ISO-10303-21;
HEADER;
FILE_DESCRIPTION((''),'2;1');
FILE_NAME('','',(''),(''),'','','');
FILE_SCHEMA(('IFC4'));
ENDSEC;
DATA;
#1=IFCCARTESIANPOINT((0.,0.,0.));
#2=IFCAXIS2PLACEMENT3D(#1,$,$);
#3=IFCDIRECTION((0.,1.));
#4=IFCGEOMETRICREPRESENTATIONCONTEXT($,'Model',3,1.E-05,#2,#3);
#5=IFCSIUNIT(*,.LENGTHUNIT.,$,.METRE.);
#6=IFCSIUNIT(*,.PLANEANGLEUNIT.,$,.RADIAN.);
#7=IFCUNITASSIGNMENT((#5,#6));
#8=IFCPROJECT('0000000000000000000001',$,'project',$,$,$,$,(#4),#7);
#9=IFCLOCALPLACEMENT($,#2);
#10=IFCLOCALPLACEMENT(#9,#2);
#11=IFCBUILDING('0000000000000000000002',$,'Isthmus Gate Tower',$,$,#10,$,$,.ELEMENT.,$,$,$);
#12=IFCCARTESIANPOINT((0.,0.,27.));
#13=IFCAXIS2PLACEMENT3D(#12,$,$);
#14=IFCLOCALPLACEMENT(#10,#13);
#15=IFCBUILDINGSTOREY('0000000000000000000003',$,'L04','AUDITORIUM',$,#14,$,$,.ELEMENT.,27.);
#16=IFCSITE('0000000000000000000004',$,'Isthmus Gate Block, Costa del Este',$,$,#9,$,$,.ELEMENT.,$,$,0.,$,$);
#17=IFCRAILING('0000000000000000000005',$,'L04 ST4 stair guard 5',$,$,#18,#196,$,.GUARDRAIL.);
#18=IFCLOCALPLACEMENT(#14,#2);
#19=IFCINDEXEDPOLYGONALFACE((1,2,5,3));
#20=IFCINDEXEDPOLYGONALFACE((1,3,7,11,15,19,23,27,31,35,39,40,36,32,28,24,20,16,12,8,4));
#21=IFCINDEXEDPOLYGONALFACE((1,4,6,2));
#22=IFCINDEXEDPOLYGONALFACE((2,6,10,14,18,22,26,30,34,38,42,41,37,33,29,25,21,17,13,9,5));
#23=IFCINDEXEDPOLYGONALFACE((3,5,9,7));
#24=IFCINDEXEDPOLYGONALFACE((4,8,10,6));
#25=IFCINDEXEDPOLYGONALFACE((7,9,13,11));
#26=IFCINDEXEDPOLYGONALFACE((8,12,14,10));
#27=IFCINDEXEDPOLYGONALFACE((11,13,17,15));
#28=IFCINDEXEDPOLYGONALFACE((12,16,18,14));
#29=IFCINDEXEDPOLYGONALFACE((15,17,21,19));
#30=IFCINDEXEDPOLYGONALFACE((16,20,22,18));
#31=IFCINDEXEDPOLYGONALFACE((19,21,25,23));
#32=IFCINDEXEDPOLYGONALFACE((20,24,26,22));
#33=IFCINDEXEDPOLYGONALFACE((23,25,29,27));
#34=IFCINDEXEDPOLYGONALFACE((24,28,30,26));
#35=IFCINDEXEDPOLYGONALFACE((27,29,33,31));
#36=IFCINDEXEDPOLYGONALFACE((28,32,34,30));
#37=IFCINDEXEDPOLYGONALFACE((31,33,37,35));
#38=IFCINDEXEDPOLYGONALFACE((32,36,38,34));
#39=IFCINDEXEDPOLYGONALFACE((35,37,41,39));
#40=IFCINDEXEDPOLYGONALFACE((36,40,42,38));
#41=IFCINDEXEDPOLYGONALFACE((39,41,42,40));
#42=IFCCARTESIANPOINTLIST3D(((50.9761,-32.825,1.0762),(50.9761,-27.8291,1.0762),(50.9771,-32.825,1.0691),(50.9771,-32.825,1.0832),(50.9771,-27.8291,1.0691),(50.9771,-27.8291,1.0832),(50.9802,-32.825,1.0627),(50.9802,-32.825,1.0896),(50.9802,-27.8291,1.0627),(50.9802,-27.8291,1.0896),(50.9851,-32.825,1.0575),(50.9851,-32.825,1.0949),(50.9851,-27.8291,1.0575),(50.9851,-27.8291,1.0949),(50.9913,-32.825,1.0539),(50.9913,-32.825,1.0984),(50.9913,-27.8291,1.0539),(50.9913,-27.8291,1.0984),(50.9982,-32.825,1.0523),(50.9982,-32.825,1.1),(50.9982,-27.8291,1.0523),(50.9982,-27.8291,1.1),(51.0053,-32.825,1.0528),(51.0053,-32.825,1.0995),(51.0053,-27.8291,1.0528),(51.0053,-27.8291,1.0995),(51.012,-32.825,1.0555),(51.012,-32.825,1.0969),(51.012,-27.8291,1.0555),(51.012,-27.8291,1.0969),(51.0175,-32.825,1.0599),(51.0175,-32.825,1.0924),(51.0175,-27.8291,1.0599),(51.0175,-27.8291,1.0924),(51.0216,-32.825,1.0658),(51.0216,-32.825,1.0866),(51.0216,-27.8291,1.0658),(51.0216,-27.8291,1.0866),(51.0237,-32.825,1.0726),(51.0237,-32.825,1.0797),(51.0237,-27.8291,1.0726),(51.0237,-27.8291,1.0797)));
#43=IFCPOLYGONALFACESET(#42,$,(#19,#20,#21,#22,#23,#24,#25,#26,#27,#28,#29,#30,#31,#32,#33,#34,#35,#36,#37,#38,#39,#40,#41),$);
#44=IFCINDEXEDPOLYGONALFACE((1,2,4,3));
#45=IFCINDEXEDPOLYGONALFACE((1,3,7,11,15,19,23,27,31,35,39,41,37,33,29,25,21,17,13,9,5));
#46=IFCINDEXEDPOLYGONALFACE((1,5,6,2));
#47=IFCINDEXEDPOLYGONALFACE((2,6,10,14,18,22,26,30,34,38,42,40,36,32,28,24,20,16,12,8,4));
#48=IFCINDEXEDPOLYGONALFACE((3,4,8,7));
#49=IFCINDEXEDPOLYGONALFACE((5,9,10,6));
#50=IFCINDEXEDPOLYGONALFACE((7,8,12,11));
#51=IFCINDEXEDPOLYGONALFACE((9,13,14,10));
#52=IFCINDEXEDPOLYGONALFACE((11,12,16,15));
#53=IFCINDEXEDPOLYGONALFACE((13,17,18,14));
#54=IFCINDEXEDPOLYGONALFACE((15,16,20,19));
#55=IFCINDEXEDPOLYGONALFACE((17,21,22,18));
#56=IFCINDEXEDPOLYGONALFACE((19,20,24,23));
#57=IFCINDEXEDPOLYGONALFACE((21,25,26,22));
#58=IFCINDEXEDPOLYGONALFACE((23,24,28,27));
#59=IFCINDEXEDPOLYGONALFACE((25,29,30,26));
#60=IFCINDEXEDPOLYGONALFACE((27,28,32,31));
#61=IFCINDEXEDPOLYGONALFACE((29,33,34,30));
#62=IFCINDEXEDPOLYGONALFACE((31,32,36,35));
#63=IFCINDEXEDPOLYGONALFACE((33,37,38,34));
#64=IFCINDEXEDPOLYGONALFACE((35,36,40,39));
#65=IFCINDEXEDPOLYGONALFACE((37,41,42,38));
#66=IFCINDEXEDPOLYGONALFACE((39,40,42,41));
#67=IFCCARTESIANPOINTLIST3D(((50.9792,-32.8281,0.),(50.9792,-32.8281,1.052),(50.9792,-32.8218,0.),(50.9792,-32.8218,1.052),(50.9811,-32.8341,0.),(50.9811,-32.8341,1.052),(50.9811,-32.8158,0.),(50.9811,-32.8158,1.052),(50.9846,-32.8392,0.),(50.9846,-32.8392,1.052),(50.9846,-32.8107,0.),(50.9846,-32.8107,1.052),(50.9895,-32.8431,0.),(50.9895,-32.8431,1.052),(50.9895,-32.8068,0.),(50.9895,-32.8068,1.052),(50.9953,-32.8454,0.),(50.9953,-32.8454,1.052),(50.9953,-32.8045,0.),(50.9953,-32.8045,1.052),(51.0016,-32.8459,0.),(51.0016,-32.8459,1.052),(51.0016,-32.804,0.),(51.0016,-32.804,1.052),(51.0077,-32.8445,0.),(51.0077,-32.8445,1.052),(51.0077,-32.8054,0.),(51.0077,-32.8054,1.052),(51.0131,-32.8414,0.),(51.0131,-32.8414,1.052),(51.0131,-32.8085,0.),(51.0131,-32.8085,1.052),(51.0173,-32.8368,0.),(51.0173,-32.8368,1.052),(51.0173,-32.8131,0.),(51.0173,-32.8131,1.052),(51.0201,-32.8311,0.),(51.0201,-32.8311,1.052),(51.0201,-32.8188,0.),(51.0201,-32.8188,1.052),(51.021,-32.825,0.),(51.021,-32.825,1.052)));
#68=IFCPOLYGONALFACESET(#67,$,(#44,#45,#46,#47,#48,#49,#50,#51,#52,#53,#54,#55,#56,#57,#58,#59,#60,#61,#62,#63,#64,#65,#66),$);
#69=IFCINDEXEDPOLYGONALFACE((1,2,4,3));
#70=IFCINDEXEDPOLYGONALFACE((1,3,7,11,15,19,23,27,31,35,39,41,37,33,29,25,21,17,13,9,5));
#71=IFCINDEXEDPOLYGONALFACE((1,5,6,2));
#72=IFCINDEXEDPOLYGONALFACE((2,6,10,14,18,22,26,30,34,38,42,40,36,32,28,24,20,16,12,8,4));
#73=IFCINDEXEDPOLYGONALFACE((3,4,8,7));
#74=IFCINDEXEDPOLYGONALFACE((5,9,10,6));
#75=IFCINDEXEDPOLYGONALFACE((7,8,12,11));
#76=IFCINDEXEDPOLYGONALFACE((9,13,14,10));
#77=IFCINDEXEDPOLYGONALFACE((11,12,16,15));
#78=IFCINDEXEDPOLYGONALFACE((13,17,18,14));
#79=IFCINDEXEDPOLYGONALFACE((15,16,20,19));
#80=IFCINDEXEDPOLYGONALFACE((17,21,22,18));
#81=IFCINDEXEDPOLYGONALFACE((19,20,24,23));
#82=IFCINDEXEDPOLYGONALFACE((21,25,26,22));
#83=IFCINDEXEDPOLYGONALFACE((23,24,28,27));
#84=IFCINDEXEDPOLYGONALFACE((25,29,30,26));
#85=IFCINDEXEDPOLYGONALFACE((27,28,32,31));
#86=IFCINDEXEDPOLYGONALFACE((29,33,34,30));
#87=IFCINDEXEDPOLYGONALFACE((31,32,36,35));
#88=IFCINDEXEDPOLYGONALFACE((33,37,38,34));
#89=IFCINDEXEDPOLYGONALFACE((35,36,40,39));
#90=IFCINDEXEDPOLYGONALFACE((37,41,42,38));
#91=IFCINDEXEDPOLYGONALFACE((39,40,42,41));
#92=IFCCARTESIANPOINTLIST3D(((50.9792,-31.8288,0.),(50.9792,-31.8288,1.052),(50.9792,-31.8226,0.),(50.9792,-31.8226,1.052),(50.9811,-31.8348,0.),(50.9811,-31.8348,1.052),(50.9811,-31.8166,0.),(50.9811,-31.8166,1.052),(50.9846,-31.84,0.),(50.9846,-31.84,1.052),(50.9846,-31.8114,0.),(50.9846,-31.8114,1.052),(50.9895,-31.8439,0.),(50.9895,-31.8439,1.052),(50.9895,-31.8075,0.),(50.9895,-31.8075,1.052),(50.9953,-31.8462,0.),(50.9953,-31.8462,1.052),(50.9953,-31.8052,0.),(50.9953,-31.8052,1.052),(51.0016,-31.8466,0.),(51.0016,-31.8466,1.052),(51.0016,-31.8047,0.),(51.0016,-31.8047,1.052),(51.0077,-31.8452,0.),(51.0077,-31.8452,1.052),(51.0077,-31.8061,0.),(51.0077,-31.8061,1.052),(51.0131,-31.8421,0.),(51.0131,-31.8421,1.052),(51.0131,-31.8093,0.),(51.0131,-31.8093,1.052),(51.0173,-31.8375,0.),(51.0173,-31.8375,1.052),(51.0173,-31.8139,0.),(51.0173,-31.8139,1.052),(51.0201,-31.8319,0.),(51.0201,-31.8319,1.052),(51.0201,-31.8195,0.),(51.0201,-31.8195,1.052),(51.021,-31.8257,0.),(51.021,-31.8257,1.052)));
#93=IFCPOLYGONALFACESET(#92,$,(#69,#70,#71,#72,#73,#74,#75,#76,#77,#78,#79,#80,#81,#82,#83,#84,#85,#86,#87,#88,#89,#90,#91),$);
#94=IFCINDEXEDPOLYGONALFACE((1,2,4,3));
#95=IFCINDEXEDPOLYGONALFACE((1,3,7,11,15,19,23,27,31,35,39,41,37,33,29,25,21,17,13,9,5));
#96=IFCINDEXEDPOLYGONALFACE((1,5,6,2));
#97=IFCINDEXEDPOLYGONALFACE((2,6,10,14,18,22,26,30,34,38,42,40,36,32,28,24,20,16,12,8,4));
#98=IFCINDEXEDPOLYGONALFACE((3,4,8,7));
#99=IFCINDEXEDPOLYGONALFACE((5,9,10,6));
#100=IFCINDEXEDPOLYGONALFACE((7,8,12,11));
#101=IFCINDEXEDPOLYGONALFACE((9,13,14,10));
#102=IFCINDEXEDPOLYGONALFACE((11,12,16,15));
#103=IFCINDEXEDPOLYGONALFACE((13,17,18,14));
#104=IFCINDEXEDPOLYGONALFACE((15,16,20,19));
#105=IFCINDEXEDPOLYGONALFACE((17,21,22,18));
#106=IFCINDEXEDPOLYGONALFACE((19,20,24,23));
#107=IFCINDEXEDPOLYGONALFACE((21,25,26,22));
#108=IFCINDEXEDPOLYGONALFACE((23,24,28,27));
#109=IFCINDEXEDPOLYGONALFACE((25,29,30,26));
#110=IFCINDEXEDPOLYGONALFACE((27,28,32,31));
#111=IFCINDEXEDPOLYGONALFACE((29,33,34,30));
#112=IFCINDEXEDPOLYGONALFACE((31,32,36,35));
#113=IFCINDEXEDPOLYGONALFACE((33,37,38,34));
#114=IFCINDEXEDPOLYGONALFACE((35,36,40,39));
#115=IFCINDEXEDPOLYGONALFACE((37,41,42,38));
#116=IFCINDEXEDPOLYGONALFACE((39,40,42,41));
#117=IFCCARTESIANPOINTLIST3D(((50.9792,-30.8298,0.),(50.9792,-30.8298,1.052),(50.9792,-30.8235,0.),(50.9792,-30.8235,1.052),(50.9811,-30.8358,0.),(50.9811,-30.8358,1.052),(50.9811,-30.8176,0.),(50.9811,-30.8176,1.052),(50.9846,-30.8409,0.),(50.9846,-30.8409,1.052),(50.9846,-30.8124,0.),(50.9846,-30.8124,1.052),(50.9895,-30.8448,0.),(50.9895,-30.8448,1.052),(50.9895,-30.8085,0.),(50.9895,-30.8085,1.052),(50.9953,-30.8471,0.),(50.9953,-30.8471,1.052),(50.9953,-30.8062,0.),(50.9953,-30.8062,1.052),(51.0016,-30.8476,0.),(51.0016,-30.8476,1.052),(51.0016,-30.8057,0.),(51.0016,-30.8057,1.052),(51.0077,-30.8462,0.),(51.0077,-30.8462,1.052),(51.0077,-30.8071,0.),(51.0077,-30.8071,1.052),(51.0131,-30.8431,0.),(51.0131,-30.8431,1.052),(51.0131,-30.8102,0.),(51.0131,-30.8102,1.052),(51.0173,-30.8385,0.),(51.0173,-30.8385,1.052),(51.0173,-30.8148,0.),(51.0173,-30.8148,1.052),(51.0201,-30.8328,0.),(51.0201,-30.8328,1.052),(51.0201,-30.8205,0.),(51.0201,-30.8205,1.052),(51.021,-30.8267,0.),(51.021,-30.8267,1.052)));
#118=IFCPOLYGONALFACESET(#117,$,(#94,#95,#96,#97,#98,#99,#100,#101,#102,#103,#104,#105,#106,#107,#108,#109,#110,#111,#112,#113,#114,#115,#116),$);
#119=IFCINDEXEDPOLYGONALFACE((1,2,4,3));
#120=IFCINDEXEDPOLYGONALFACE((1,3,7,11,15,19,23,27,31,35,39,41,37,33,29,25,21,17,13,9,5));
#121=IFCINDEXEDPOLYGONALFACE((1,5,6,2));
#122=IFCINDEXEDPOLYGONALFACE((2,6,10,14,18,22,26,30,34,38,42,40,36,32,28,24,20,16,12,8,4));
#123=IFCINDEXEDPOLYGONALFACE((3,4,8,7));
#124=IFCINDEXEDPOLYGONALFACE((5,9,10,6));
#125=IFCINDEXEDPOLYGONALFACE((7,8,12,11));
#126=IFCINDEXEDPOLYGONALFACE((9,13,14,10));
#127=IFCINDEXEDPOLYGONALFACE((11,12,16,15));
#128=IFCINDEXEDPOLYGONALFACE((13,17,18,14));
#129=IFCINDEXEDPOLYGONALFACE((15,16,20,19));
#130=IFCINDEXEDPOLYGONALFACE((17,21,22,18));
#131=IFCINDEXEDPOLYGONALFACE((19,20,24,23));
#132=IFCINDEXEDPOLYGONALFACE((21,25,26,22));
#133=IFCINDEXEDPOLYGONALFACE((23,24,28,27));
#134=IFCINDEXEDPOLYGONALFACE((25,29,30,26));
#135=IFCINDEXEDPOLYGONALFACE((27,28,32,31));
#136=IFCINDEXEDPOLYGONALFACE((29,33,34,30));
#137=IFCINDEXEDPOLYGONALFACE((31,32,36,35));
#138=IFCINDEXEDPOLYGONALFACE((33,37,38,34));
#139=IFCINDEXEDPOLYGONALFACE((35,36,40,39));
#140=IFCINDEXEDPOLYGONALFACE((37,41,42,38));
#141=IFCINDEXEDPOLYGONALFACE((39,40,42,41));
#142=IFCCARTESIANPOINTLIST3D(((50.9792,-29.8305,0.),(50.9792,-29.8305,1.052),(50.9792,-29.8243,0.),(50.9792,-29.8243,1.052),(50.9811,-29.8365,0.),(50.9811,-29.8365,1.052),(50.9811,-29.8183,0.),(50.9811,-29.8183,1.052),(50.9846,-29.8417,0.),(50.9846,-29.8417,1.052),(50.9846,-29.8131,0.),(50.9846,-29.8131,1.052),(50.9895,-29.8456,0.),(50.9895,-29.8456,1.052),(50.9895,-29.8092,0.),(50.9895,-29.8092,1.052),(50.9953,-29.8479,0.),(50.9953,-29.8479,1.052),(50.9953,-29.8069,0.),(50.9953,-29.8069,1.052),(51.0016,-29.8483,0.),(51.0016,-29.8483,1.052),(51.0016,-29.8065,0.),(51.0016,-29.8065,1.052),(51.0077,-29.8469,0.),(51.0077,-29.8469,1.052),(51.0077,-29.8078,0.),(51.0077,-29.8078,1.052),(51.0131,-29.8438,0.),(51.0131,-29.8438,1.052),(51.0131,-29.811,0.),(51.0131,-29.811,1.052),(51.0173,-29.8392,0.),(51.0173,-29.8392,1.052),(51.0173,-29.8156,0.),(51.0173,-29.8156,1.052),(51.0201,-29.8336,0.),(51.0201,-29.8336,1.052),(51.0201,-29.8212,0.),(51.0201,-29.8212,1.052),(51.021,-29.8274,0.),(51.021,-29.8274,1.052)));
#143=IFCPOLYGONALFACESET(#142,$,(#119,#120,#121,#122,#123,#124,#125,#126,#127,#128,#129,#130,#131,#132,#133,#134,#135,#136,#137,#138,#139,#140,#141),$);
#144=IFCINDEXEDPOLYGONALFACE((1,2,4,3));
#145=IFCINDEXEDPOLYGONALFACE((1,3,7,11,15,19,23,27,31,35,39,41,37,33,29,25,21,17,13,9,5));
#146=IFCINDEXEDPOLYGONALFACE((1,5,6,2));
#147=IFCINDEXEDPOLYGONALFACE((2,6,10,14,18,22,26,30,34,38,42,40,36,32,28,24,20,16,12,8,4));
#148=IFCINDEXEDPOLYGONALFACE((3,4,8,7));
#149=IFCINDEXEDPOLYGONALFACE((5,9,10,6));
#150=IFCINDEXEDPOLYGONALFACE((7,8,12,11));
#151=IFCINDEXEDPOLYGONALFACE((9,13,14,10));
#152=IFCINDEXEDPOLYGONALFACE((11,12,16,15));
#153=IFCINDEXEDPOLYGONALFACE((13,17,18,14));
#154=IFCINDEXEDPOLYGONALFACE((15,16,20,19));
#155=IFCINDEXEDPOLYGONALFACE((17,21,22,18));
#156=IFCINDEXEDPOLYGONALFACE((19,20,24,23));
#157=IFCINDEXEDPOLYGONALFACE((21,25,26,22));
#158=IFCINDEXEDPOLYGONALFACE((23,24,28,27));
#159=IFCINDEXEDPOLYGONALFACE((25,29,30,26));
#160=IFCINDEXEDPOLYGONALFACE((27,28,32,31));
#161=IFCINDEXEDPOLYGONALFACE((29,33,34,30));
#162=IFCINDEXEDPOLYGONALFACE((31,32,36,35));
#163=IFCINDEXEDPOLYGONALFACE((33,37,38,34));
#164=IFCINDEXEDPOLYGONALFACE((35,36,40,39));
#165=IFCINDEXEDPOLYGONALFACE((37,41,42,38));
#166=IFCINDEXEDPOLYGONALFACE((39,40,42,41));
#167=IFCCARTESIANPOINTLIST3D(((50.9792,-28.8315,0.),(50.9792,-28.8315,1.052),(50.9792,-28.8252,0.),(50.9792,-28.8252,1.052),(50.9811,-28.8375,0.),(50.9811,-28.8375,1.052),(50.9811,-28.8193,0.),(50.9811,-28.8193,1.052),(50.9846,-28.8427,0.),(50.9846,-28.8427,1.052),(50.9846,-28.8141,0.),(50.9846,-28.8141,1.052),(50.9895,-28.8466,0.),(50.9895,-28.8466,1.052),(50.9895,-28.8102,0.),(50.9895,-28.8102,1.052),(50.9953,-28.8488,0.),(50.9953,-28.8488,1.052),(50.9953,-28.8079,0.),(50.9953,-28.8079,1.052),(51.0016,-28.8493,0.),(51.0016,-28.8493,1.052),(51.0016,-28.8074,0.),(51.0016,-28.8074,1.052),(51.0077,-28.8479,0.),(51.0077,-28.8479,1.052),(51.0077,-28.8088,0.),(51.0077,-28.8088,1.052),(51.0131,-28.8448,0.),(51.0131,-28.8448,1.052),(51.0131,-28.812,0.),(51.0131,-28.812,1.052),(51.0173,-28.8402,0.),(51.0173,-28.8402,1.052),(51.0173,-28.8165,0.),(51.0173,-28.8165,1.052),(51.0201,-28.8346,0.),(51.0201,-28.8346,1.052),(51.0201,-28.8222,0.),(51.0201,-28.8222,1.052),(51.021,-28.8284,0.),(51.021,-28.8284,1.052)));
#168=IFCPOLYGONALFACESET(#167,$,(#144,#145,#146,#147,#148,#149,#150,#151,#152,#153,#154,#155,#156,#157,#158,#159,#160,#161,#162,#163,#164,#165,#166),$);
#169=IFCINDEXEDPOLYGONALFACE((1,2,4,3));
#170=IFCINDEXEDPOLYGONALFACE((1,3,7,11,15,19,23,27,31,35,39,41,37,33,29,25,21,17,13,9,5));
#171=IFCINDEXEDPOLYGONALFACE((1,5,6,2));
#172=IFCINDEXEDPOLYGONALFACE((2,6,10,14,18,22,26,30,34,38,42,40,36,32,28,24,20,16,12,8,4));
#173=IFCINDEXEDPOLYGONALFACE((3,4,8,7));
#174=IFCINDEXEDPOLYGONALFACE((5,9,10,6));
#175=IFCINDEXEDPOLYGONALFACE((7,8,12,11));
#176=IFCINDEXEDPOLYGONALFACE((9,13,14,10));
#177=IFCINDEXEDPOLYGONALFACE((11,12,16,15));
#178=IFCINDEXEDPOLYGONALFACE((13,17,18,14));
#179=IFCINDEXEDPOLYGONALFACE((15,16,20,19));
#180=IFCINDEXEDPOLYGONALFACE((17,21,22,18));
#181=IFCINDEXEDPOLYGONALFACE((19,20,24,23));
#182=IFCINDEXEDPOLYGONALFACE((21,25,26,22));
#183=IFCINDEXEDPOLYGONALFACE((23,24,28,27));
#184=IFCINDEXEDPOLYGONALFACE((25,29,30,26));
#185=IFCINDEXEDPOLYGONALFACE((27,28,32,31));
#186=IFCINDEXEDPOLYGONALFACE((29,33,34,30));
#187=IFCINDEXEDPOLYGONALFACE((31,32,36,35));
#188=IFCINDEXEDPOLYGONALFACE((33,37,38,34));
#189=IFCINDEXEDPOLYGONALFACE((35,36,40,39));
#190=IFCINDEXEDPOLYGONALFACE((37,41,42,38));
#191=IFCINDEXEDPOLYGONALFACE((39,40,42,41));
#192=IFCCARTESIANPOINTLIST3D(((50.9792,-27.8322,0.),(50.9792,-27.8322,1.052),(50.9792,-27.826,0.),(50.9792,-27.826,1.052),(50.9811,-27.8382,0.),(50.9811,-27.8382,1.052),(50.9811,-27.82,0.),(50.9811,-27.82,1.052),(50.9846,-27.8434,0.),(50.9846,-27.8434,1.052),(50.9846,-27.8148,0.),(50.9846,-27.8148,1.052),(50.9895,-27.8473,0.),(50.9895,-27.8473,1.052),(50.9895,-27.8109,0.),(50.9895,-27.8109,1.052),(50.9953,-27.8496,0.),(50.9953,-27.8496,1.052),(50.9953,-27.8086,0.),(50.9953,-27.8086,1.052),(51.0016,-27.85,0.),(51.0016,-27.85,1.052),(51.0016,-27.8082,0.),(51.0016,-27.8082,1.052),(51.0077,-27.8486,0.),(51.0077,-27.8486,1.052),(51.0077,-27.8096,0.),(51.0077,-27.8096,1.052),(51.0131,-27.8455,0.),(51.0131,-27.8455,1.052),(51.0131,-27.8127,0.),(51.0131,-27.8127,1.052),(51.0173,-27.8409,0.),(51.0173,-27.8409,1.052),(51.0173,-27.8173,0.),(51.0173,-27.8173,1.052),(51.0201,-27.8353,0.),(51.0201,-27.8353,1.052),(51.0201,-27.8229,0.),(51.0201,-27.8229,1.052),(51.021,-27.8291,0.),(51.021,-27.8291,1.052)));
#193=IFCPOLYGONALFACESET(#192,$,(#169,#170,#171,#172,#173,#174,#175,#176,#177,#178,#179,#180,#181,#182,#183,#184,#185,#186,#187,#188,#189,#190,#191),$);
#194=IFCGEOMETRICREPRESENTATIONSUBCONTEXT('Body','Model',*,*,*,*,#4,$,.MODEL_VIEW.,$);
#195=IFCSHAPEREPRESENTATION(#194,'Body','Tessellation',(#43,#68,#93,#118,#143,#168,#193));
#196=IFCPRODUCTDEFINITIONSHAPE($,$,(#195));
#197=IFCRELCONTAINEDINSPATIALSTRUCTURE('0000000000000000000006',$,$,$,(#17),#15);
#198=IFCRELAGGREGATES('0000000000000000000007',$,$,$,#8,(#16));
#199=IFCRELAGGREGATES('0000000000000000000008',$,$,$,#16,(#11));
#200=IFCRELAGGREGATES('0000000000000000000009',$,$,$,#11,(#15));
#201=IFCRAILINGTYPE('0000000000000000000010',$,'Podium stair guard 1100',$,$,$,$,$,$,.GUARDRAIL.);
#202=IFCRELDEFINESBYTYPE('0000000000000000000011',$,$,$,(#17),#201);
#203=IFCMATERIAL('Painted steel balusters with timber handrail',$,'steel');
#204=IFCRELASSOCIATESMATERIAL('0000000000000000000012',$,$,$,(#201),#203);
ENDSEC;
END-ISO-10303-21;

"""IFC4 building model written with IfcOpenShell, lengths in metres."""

from ifc_helpers import new_model, si_unit, direction, frame, origin, origin_2d, place, context, subcontext, project, spatial, circle, extrude, material, type_object, element, save


model = new_model("IFC4")

# Units and contexts
model_context = context("Model", 3, precision=1e-05, world=origin(), true_north=direction((0.0, 1.0)))
body_context = subcontext(model_context, "Body", "Model", "MODEL_VIEW")
ifc_project = project(units=[si_unit("LENGTHUNIT", "METRE"), si_unit("PLANEANGLEUNIT", "RADIAN")], contexts=[model_context])

# Site, building, storey
site_placement = place(None, origin())
site = spatial("IfcSite", under=ifc_project, at=site_placement, Name="Isthmus Gate Block, Costa del Este", CompositionType="ELEMENT", RefElevation=0.0)
building_placement = place(site_placement, origin())
building = spatial("IfcBuilding", under=site, at=building_placement, Name="Isthmus Gate Tower", CompositionType="ELEMENT")
storey_placement = place(building_placement, frame((0.0, 0.0, 27.0)))
storey = spatial("IfcBuildingStorey", under=building, at=storey_placement, Name="L04", Description="AUDITORIUM", CompositionType="ELEMENT", Elevation=27.0)

# Railing
ifc_material_1 = material(Name="Painted steel balusters with timber handrail", Category="steel")
railing_type_1 = type_object("IfcRailingType", Name="Podium stair guard 1100", PredefinedType="GUARDRAIL", material=ifc_material_1)
railing_1_placement = place(storey_placement, frame((51.0, -32.825, 0.0)))
element("IfcRailing", 1, at=railing_1_placement, inside=storey, type_object=railing_type_1, Name="L04 ST4 stair guard 5", PredefinedType="GUARDRAIL", context=body_context, shape_type="SweptSolid", body=[
    extrude(circle(Radius=0.0239, at=origin_2d()), frame((0.0, 0.0, 1.0762), z_axis=(0.0, 1.0, 0.0), x_axis=(-1.0, 0.0, 0.0)), (0.0, 0.0, 1.0), 4.9958),
    extrude(circle(Radius=0.021, at=origin_2d()), origin(), (0.0, 0.0, 1.0), 1.052),
    extrude(circle(Radius=0.021, at=origin_2d()), frame((0.0, 0.9993, 0.0)), (0.0, 0.0, 1.0), 1.052),
    extrude(circle(Radius=0.021, at=origin_2d()), frame((0.0, 1.9983, 0.0)), (0.0, 0.0, 1.0), 1.052),
    extrude(circle(Radius=0.021, at=origin_2d()), frame((0.0, 2.9976, 0.0)), (0.0, 0.0, 1.0), 1.052),
    extrude(circle(Radius=0.021, at=origin_2d()), frame((0.0, 3.9966, 0.0)), (0.0, 0.0, 1.0), 1.052),
    extrude(circle(Radius=0.021, at=origin_2d()), frame((0.0, 4.9958, 0.0)), (0.0, 0.0, 1.0), 1.052),
])

save(model, "model.ifc")
